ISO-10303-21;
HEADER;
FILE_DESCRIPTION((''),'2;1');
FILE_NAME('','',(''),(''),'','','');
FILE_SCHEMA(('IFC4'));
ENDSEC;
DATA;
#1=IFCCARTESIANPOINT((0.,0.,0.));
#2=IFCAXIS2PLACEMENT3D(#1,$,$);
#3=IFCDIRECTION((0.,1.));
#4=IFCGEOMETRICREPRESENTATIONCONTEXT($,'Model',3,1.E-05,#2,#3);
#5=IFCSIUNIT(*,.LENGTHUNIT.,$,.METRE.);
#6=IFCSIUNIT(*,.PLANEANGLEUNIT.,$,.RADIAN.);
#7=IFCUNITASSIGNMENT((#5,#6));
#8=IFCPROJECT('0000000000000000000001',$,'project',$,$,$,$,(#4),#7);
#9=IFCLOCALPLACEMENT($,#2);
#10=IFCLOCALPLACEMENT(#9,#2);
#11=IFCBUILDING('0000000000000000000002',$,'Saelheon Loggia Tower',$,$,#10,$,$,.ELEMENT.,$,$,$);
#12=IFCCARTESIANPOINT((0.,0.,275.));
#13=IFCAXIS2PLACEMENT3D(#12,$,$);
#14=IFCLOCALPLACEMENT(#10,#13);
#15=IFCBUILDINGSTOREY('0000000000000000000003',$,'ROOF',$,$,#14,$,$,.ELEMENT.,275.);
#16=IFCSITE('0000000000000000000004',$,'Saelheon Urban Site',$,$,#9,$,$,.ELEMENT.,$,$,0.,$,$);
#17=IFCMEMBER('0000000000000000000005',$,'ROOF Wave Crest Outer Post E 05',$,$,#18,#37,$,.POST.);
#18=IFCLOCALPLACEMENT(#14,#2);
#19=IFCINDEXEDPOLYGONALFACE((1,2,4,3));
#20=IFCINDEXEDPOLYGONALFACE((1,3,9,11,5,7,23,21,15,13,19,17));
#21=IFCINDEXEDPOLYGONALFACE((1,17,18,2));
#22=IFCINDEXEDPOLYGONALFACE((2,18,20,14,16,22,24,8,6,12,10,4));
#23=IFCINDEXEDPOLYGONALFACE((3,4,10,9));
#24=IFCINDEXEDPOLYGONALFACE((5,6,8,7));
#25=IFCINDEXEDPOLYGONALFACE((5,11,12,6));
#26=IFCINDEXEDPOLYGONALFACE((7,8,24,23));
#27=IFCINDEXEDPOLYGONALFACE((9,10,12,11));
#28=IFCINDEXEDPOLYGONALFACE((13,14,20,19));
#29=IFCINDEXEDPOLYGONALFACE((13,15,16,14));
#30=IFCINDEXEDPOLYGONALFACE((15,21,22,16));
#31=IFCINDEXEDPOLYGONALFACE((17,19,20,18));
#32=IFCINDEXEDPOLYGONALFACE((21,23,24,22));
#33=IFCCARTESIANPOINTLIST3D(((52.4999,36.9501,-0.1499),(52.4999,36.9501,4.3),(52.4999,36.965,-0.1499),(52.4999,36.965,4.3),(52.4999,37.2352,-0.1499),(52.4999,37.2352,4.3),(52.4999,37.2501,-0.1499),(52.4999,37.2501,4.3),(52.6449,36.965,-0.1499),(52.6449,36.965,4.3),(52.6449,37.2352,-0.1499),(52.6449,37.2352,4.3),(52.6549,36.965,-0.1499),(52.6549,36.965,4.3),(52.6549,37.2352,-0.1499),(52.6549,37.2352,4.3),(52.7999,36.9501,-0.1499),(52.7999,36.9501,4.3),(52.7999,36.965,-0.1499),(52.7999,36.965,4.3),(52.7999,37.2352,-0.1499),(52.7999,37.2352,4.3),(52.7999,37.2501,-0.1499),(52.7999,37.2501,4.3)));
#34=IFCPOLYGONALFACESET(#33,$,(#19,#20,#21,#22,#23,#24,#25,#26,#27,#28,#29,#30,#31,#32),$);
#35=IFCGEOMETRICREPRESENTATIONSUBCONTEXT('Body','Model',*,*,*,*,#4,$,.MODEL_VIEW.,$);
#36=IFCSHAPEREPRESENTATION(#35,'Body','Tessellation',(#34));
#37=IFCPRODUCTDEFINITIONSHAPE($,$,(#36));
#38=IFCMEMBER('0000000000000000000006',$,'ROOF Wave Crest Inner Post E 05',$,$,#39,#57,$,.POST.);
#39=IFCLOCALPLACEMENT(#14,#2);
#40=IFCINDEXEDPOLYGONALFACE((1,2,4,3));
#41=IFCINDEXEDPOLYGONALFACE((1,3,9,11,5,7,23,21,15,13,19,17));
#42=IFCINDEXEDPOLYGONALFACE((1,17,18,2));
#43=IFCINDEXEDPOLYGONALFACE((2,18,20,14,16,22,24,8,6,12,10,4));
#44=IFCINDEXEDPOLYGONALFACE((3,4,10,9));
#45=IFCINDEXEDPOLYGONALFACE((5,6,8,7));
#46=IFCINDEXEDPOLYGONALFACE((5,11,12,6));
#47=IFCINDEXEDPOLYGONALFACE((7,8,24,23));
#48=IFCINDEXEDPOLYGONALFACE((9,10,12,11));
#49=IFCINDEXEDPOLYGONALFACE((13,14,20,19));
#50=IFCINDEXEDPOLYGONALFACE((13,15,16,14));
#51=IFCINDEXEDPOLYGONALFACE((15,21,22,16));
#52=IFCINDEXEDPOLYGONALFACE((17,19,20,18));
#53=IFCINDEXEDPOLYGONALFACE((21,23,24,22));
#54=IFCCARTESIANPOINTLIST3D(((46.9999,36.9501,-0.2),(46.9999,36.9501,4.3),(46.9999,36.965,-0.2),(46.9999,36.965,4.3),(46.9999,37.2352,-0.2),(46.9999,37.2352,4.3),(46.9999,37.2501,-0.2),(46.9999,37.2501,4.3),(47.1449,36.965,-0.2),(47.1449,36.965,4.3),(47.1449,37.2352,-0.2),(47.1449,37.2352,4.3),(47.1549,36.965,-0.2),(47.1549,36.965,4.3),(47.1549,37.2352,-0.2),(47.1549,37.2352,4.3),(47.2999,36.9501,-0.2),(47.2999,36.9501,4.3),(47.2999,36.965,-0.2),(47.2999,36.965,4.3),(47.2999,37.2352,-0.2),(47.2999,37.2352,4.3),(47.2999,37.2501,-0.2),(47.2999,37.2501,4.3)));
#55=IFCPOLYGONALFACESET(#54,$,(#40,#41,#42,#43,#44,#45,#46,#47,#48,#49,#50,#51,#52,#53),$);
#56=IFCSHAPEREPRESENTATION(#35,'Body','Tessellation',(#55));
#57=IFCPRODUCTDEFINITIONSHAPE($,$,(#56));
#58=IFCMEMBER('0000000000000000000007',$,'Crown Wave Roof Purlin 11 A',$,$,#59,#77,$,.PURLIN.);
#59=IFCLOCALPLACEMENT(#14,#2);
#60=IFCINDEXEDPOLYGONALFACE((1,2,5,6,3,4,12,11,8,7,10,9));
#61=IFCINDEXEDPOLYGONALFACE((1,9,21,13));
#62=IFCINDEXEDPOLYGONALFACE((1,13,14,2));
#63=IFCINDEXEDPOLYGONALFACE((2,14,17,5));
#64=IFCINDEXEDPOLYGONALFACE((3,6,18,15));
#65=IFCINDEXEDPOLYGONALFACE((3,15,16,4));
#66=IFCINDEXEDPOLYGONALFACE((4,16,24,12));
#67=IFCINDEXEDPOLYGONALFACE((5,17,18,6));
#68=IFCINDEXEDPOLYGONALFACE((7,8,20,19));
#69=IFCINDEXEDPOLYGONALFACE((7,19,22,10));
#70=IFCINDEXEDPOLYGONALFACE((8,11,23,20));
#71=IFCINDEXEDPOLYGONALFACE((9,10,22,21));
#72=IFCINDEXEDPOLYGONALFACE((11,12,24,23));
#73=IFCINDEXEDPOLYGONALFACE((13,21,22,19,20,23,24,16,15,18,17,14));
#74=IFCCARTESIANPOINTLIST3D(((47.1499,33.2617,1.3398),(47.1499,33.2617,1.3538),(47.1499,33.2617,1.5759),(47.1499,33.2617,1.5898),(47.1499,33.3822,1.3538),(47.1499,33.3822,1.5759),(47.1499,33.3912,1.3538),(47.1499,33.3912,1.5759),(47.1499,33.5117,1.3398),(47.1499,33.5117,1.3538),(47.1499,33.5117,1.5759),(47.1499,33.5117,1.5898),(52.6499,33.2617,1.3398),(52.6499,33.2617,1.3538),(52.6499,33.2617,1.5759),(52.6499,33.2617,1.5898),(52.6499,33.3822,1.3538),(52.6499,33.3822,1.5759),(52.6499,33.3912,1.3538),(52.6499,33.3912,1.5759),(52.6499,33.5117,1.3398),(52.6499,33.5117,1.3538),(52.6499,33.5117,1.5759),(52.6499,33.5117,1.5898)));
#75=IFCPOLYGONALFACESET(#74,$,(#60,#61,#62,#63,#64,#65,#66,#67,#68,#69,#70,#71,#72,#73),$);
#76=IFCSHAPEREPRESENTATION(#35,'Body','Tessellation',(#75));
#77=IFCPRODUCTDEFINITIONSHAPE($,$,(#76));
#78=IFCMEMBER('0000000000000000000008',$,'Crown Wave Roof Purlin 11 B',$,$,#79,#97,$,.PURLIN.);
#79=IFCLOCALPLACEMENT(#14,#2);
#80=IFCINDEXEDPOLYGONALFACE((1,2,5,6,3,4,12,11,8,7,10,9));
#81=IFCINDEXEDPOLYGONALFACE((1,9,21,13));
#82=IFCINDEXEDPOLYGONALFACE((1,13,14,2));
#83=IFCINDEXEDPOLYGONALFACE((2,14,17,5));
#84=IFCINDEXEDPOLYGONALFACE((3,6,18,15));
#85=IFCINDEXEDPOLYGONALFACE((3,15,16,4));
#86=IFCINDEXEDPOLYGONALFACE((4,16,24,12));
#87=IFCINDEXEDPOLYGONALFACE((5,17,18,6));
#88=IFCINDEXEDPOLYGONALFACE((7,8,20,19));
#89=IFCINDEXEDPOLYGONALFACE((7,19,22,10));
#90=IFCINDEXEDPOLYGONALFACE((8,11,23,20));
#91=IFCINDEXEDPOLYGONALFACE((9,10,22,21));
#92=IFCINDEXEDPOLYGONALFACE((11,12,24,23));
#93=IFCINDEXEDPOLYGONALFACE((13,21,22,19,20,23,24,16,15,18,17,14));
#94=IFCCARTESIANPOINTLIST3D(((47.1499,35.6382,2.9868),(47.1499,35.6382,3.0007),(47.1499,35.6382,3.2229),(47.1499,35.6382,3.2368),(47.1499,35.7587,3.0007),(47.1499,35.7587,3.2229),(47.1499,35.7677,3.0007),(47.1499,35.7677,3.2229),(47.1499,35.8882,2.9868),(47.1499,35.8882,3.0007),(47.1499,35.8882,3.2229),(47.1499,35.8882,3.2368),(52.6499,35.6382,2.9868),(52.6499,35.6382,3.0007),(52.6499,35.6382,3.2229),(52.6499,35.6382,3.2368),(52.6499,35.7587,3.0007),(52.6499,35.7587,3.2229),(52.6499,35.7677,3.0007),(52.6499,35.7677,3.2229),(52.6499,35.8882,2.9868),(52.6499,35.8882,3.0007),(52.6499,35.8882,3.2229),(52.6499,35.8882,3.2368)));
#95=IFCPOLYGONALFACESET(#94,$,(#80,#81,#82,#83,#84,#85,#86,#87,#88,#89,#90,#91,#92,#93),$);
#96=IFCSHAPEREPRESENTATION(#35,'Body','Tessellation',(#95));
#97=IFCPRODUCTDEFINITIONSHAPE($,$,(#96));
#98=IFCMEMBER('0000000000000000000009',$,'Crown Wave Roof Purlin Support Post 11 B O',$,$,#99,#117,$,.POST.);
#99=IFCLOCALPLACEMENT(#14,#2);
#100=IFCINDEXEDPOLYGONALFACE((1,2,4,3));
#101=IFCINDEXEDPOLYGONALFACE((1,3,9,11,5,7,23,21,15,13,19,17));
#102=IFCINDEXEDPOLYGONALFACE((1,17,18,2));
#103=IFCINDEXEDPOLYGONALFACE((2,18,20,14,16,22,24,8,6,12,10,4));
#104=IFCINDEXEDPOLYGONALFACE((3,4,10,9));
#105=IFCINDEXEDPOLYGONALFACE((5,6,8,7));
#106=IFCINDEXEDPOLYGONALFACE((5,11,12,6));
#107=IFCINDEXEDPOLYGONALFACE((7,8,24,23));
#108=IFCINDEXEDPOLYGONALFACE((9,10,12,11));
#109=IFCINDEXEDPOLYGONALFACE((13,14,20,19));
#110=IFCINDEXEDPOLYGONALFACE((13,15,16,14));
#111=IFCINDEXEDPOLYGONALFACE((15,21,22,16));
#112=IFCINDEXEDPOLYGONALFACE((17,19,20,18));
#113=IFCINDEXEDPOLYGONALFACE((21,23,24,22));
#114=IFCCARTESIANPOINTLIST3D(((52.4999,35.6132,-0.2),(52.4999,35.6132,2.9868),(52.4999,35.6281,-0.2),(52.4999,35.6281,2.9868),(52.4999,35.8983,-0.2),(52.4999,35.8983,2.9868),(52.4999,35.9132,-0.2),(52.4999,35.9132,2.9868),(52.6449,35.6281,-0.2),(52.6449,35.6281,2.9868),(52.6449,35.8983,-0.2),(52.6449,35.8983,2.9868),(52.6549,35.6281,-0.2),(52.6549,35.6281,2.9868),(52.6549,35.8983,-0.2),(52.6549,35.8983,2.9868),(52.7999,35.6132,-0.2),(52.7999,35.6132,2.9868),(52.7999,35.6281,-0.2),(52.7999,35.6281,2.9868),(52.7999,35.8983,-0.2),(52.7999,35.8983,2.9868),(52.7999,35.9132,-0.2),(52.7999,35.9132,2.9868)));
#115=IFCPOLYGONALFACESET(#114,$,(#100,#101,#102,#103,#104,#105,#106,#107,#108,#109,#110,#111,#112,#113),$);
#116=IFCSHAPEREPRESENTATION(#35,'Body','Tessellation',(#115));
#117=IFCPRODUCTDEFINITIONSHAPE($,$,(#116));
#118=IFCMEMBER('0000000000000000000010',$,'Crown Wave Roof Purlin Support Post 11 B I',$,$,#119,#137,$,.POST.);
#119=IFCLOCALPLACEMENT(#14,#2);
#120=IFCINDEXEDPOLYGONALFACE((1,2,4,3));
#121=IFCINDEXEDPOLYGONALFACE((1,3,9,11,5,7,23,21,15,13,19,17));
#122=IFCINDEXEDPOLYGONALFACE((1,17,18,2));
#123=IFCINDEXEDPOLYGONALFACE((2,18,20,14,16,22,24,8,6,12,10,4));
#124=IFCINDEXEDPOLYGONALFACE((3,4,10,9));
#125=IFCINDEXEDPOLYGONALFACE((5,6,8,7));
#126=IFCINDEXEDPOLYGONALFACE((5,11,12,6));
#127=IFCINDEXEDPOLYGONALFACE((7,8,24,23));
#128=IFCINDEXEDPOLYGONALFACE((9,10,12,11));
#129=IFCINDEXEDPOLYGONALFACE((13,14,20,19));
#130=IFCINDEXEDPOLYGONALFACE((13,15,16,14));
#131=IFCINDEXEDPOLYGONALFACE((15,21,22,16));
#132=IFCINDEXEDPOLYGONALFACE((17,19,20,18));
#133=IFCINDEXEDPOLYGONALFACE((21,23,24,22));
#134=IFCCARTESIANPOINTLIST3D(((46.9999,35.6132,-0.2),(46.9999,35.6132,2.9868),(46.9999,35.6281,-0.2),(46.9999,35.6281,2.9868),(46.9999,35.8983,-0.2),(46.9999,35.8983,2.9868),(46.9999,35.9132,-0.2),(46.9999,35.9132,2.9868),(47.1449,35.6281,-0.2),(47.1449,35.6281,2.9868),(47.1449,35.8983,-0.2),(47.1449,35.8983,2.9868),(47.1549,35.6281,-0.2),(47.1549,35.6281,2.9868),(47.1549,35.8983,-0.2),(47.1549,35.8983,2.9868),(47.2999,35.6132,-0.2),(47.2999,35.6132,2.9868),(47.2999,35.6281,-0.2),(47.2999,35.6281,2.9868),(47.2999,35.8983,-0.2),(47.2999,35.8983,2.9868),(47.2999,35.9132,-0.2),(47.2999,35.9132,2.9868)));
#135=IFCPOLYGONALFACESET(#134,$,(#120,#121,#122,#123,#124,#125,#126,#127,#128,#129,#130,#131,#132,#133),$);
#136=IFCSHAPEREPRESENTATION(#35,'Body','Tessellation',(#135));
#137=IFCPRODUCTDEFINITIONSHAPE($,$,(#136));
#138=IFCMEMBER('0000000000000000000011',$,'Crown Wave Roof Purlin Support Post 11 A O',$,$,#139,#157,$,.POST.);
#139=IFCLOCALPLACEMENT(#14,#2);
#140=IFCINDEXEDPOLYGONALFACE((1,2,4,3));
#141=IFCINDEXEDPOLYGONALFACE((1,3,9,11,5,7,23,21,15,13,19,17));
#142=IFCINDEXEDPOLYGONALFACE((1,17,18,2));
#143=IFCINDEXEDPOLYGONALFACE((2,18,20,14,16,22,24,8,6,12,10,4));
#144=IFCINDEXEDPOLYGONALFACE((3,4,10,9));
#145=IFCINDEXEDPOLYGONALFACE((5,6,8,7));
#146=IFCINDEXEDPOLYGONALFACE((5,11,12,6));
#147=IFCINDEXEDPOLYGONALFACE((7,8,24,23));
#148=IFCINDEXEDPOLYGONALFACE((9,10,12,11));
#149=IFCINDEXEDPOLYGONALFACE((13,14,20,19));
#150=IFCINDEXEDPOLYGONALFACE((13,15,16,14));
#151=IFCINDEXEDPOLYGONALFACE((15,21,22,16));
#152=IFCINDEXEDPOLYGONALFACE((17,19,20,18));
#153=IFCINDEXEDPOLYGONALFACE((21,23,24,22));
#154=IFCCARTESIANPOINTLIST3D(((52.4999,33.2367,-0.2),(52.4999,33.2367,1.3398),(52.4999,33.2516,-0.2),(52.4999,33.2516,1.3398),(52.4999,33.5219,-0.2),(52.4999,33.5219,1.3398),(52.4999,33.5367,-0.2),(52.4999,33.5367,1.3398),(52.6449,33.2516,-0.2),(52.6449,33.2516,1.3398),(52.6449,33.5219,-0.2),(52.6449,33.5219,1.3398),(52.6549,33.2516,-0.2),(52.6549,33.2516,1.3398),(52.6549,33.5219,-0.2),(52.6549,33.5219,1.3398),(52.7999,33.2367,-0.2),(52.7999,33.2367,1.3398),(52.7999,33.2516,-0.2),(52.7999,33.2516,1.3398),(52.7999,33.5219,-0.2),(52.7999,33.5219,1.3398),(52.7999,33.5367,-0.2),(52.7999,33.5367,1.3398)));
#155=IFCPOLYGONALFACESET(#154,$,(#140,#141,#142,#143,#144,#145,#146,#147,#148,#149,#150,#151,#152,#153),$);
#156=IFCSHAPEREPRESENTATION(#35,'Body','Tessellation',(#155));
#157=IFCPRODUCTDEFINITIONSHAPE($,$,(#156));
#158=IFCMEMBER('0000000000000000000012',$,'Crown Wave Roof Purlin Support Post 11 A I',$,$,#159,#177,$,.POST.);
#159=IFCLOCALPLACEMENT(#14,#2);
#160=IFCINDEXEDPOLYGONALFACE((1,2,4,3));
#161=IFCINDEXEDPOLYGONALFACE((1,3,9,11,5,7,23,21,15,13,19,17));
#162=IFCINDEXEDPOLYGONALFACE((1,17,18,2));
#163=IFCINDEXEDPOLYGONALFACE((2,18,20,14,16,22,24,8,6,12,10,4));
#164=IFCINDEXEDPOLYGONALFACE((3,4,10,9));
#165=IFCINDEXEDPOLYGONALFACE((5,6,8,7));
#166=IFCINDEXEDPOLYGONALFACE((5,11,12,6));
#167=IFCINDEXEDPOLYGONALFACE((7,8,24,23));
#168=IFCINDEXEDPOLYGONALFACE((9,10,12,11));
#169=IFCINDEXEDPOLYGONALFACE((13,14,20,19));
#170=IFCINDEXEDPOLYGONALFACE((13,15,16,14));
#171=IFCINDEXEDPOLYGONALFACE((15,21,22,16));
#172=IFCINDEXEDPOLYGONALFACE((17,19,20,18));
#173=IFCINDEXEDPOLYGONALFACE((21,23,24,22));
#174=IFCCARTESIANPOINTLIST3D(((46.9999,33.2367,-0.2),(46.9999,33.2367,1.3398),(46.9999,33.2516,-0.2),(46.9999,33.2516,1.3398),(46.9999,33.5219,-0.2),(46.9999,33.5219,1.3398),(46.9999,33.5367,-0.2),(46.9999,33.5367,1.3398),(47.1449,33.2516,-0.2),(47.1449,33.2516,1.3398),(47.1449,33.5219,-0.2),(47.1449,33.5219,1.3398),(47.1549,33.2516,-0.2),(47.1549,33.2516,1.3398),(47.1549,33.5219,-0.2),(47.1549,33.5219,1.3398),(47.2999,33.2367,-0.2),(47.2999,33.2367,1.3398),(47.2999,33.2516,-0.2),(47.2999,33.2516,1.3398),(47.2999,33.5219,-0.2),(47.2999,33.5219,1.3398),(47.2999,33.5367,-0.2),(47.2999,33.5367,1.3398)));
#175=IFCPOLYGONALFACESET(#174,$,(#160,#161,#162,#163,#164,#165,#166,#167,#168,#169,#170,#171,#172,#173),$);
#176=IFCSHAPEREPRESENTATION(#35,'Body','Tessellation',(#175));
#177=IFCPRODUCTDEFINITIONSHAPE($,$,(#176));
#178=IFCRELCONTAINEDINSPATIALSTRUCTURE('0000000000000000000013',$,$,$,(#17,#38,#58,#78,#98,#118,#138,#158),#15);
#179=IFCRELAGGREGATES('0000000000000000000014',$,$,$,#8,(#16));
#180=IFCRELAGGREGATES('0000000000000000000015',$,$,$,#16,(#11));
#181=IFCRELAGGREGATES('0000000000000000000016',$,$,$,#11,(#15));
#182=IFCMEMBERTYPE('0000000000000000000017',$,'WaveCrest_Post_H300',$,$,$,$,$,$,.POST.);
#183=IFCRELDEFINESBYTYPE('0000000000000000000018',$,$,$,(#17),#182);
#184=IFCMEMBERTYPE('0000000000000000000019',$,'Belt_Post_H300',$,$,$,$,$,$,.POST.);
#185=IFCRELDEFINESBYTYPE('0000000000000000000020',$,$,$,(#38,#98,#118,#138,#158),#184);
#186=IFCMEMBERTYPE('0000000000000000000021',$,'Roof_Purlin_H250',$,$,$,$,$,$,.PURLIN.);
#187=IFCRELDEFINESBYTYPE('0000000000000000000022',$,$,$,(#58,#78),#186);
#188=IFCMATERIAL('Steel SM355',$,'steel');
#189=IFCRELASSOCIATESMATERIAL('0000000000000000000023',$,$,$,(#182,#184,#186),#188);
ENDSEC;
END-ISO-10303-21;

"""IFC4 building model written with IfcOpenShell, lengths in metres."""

from ifc_helpers import new_model, si_unit, direction, frame, origin, origin_2d, place, context, subcontext, project, spatial, i_section, extrude, source, transform, mapped, material, material_profile, profile_set, type_object, element, save


model = new_model("IFC4")

# Units and contexts
model_context = context("Model", 3, precision=1e-05, world=origin(), true_north=direction((0.0, 1.0)))
body_context = subcontext(model_context, "Body", "Model", "MODEL_VIEW")
ifc_project = project(units=[si_unit("LENGTHUNIT", "METRE"), si_unit("PLANEANGLEUNIT", "RADIAN")], contexts=[model_context])

# Site, building, storey
site_placement = place(None, origin())
site = spatial("IfcSite", under=ifc_project, at=site_placement, Name="Saelheon Urban Site", CompositionType="ELEMENT", RefElevation=0.0)
building_placement = place(site_placement, origin())
building = spatial("IfcBuilding", under=site, at=building_placement, Name="Saelheon Loggia Tower", CompositionType="ELEMENT")
storey_placement = place(building_placement, frame((0.0, 0.0, 275.0)))
storey = spatial("IfcBuildingStorey", under=building, at=storey_placement, Name="ROOF", CompositionType="ELEMENT", Elevation=275.0)

# Members
ifc_material_1 = material(Name="Steel SM355", Category="steel")
ifc_material_profile_1 = material_profile(ifc_material_1, i_section(OverallWidth=0.3, OverallDepth=0.3, WebThickness=0.01, FlangeThickness=0.0149, at=origin_2d()), Name="H-300x300x10x15")
ifc_profile_set_1 = profile_set([ifc_material_profile_1], Name="Steel SM355")
member_type_1 = type_object("IfcMemberType", Name="WaveCrest_Post_H300", PredefinedType="POST", material=ifc_profile_set_1)
shared_shape_1 = source(origin(), body_context, "Body", "SweptSolid", [
    extrude(i_section(OverallWidth=0.3, OverallDepth=0.3, WebThickness=0.01, FlangeThickness=0.0149, at=origin_2d()), origin(), (0.0, 0.0, 1.0), 4.45),
])
member_1_placement = place(storey_placement, frame((52.6499, 37.1001, -0.1499), z_axis=(0.0, 0.0, 1.0), x_axis=(1.0, 0.0, 0.0)))
element("IfcMember", 1, at=member_1_placement, inside=storey, type_object=member_type_1, Name="ROOF Wave Crest Outer Post E 05", PredefinedType="POST", context=body_context, shape_type="MappedRepresentation", body=[
    mapped(shared_shape_1, transform((0.0, 0.0, 0.0), scale=1.0)),
])
ifc_material_profile_2 = material_profile(ifc_material_1, i_section(OverallWidth=0.3, OverallDepth=0.3, WebThickness=0.01, FlangeThickness=0.0149, at=origin_2d()), Name="H-300x300x10x15")
ifc_profile_set_2 = profile_set([ifc_material_profile_2], Name="Steel SM355")
member_type_2 = type_object("IfcMemberType", Name="Belt_Post_H300", PredefinedType="POST", material=ifc_profile_set_2)
shared_shape_2 = source(origin(), body_context, "Body", "SweptSolid", [
    extrude(i_section(OverallWidth=0.3, OverallDepth=0.3, WebThickness=0.01, FlangeThickness=0.0149, at=origin_2d()), origin(), (0.0, 0.0, 1.0), 4.5),
])
member_2_placement = place(storey_placement, frame((47.1499, 37.1001, -0.2), z_axis=(0.0, 0.0, 1.0), x_axis=(1.0, 0.0, 0.0)))
element("IfcMember", 2, at=member_2_placement, inside=storey, type_object=member_type_2, Name="ROOF Wave Crest Inner Post E 05", PredefinedType="POST", context=body_context, shape_type="MappedRepresentation", body=[
    mapped(shared_shape_2, transform((0.0, 0.0, 0.0), scale=1.0)),
])
ifc_material_profile_3 = material_profile(ifc_material_1, i_section(OverallWidth=0.25, OverallDepth=0.25, WebThickness=0.009, FlangeThickness=0.0139, at=origin_2d()), Name="H-250x250x9x14")
ifc_profile_set_3 = profile_set([ifc_material_profile_3], Name="Steel SM355")
member_type_3 = type_object("IfcMemberType", Name="Roof_Purlin_H250", PredefinedType="PURLIN", material=ifc_profile_set_3)
shared_shape_3 = source(origin(), body_context, "Body", "SweptSolid", [
    extrude(i_section(OverallWidth=0.25, OverallDepth=0.25, WebThickness=0.009, FlangeThickness=0.0139, at=origin_2d()), origin(), (0.0, 0.0, 1.0), 5.5),
])
for number, where, z_axis, x_axis, name in (
    (3, (52.6499, 33.3867, 1.4648), (-1.0, 0.0, 0.0), (0.0, -1.0, 0.0), "Crown Wave Roof Purlin 11 A"),
    (4, (52.6499, 35.7632, 3.1118), (-1.0, 0.0, 0.0), (0.0, -1.0, 0.0), "Crown Wave Roof Purlin 11 B"),
):
    element("IfcMember", number, at=place(storey_placement, frame(where, z_axis=z_axis, x_axis=x_axis)), inside=storey, type_object=member_type_3, Name=name, PredefinedType="PURLIN", context=body_context, shape_type="MappedRepresentation", body=[
        mapped(shared_shape_3, transform((0.0, 0.0, 0.0), scale=1.0)),
    ])
shared_shape_4 = source(origin(), body_context, "Body", "SweptSolid", [
    extrude(i_section(OverallWidth=0.3, OverallDepth=0.3, WebThickness=0.01, FlangeThickness=0.0149, at=origin_2d()), origin(), (0.0, 0.0, 1.0), 3.1868),
])
for number, where, z_axis, x_axis, name in (
    (5, (52.6499, 35.7632, -0.2), (0.0, 0.0, 1.0), (1.0, 0.0, 0.0), "Crown Wave Roof Purlin Support Post 11 B O"),
    (6, (47.1499, 35.7632, -0.2), (0.0, 0.0, 1.0), (1.0, 0.0, 0.0), "Crown Wave Roof Purlin Support Post 11 B I"),
):
    element("IfcMember", number, at=place(storey_placement, frame(where, z_axis=z_axis, x_axis=x_axis)), inside=storey, type_object=member_type_2, Name=name, PredefinedType="POST", context=body_context, shape_type="MappedRepresentation", body=[
        mapped(shared_shape_4, transform((0.0, 0.0, 0.0), scale=1.0)),
    ])
shared_shape_5 = source(origin(), body_context, "Body", "SweptSolid", [
    extrude(i_section(OverallWidth=0.3, OverallDepth=0.3, WebThickness=0.01, FlangeThickness=0.0149, at=origin_2d()), origin(), (0.0, 0.0, 1.0), 1.5398),
])
for number, where, z_axis, x_axis, name in (
    (7, (52.6499, 33.3867, -0.2), (0.0, 0.0, 1.0), (1.0, 0.0, 0.0), "Crown Wave Roof Purlin Support Post 11 A O"),
    (8, (47.1499, 33.3867, -0.2), (0.0, 0.0, 1.0), (1.0, 0.0, 0.0), "Crown Wave Roof Purlin Support Post 11 A I"),
):
    element("IfcMember", number, at=place(storey_placement, frame(where, z_axis=z_axis, x_axis=x_axis)), inside=storey, type_object=member_type_2, Name=name, PredefinedType="POST", context=body_context, shape_type="MappedRepresentation", body=[
        mapped(shared_shape_5, transform((0.0, 0.0, 0.0), scale=1.0)),
    ])

save(model, "model.ifc")
